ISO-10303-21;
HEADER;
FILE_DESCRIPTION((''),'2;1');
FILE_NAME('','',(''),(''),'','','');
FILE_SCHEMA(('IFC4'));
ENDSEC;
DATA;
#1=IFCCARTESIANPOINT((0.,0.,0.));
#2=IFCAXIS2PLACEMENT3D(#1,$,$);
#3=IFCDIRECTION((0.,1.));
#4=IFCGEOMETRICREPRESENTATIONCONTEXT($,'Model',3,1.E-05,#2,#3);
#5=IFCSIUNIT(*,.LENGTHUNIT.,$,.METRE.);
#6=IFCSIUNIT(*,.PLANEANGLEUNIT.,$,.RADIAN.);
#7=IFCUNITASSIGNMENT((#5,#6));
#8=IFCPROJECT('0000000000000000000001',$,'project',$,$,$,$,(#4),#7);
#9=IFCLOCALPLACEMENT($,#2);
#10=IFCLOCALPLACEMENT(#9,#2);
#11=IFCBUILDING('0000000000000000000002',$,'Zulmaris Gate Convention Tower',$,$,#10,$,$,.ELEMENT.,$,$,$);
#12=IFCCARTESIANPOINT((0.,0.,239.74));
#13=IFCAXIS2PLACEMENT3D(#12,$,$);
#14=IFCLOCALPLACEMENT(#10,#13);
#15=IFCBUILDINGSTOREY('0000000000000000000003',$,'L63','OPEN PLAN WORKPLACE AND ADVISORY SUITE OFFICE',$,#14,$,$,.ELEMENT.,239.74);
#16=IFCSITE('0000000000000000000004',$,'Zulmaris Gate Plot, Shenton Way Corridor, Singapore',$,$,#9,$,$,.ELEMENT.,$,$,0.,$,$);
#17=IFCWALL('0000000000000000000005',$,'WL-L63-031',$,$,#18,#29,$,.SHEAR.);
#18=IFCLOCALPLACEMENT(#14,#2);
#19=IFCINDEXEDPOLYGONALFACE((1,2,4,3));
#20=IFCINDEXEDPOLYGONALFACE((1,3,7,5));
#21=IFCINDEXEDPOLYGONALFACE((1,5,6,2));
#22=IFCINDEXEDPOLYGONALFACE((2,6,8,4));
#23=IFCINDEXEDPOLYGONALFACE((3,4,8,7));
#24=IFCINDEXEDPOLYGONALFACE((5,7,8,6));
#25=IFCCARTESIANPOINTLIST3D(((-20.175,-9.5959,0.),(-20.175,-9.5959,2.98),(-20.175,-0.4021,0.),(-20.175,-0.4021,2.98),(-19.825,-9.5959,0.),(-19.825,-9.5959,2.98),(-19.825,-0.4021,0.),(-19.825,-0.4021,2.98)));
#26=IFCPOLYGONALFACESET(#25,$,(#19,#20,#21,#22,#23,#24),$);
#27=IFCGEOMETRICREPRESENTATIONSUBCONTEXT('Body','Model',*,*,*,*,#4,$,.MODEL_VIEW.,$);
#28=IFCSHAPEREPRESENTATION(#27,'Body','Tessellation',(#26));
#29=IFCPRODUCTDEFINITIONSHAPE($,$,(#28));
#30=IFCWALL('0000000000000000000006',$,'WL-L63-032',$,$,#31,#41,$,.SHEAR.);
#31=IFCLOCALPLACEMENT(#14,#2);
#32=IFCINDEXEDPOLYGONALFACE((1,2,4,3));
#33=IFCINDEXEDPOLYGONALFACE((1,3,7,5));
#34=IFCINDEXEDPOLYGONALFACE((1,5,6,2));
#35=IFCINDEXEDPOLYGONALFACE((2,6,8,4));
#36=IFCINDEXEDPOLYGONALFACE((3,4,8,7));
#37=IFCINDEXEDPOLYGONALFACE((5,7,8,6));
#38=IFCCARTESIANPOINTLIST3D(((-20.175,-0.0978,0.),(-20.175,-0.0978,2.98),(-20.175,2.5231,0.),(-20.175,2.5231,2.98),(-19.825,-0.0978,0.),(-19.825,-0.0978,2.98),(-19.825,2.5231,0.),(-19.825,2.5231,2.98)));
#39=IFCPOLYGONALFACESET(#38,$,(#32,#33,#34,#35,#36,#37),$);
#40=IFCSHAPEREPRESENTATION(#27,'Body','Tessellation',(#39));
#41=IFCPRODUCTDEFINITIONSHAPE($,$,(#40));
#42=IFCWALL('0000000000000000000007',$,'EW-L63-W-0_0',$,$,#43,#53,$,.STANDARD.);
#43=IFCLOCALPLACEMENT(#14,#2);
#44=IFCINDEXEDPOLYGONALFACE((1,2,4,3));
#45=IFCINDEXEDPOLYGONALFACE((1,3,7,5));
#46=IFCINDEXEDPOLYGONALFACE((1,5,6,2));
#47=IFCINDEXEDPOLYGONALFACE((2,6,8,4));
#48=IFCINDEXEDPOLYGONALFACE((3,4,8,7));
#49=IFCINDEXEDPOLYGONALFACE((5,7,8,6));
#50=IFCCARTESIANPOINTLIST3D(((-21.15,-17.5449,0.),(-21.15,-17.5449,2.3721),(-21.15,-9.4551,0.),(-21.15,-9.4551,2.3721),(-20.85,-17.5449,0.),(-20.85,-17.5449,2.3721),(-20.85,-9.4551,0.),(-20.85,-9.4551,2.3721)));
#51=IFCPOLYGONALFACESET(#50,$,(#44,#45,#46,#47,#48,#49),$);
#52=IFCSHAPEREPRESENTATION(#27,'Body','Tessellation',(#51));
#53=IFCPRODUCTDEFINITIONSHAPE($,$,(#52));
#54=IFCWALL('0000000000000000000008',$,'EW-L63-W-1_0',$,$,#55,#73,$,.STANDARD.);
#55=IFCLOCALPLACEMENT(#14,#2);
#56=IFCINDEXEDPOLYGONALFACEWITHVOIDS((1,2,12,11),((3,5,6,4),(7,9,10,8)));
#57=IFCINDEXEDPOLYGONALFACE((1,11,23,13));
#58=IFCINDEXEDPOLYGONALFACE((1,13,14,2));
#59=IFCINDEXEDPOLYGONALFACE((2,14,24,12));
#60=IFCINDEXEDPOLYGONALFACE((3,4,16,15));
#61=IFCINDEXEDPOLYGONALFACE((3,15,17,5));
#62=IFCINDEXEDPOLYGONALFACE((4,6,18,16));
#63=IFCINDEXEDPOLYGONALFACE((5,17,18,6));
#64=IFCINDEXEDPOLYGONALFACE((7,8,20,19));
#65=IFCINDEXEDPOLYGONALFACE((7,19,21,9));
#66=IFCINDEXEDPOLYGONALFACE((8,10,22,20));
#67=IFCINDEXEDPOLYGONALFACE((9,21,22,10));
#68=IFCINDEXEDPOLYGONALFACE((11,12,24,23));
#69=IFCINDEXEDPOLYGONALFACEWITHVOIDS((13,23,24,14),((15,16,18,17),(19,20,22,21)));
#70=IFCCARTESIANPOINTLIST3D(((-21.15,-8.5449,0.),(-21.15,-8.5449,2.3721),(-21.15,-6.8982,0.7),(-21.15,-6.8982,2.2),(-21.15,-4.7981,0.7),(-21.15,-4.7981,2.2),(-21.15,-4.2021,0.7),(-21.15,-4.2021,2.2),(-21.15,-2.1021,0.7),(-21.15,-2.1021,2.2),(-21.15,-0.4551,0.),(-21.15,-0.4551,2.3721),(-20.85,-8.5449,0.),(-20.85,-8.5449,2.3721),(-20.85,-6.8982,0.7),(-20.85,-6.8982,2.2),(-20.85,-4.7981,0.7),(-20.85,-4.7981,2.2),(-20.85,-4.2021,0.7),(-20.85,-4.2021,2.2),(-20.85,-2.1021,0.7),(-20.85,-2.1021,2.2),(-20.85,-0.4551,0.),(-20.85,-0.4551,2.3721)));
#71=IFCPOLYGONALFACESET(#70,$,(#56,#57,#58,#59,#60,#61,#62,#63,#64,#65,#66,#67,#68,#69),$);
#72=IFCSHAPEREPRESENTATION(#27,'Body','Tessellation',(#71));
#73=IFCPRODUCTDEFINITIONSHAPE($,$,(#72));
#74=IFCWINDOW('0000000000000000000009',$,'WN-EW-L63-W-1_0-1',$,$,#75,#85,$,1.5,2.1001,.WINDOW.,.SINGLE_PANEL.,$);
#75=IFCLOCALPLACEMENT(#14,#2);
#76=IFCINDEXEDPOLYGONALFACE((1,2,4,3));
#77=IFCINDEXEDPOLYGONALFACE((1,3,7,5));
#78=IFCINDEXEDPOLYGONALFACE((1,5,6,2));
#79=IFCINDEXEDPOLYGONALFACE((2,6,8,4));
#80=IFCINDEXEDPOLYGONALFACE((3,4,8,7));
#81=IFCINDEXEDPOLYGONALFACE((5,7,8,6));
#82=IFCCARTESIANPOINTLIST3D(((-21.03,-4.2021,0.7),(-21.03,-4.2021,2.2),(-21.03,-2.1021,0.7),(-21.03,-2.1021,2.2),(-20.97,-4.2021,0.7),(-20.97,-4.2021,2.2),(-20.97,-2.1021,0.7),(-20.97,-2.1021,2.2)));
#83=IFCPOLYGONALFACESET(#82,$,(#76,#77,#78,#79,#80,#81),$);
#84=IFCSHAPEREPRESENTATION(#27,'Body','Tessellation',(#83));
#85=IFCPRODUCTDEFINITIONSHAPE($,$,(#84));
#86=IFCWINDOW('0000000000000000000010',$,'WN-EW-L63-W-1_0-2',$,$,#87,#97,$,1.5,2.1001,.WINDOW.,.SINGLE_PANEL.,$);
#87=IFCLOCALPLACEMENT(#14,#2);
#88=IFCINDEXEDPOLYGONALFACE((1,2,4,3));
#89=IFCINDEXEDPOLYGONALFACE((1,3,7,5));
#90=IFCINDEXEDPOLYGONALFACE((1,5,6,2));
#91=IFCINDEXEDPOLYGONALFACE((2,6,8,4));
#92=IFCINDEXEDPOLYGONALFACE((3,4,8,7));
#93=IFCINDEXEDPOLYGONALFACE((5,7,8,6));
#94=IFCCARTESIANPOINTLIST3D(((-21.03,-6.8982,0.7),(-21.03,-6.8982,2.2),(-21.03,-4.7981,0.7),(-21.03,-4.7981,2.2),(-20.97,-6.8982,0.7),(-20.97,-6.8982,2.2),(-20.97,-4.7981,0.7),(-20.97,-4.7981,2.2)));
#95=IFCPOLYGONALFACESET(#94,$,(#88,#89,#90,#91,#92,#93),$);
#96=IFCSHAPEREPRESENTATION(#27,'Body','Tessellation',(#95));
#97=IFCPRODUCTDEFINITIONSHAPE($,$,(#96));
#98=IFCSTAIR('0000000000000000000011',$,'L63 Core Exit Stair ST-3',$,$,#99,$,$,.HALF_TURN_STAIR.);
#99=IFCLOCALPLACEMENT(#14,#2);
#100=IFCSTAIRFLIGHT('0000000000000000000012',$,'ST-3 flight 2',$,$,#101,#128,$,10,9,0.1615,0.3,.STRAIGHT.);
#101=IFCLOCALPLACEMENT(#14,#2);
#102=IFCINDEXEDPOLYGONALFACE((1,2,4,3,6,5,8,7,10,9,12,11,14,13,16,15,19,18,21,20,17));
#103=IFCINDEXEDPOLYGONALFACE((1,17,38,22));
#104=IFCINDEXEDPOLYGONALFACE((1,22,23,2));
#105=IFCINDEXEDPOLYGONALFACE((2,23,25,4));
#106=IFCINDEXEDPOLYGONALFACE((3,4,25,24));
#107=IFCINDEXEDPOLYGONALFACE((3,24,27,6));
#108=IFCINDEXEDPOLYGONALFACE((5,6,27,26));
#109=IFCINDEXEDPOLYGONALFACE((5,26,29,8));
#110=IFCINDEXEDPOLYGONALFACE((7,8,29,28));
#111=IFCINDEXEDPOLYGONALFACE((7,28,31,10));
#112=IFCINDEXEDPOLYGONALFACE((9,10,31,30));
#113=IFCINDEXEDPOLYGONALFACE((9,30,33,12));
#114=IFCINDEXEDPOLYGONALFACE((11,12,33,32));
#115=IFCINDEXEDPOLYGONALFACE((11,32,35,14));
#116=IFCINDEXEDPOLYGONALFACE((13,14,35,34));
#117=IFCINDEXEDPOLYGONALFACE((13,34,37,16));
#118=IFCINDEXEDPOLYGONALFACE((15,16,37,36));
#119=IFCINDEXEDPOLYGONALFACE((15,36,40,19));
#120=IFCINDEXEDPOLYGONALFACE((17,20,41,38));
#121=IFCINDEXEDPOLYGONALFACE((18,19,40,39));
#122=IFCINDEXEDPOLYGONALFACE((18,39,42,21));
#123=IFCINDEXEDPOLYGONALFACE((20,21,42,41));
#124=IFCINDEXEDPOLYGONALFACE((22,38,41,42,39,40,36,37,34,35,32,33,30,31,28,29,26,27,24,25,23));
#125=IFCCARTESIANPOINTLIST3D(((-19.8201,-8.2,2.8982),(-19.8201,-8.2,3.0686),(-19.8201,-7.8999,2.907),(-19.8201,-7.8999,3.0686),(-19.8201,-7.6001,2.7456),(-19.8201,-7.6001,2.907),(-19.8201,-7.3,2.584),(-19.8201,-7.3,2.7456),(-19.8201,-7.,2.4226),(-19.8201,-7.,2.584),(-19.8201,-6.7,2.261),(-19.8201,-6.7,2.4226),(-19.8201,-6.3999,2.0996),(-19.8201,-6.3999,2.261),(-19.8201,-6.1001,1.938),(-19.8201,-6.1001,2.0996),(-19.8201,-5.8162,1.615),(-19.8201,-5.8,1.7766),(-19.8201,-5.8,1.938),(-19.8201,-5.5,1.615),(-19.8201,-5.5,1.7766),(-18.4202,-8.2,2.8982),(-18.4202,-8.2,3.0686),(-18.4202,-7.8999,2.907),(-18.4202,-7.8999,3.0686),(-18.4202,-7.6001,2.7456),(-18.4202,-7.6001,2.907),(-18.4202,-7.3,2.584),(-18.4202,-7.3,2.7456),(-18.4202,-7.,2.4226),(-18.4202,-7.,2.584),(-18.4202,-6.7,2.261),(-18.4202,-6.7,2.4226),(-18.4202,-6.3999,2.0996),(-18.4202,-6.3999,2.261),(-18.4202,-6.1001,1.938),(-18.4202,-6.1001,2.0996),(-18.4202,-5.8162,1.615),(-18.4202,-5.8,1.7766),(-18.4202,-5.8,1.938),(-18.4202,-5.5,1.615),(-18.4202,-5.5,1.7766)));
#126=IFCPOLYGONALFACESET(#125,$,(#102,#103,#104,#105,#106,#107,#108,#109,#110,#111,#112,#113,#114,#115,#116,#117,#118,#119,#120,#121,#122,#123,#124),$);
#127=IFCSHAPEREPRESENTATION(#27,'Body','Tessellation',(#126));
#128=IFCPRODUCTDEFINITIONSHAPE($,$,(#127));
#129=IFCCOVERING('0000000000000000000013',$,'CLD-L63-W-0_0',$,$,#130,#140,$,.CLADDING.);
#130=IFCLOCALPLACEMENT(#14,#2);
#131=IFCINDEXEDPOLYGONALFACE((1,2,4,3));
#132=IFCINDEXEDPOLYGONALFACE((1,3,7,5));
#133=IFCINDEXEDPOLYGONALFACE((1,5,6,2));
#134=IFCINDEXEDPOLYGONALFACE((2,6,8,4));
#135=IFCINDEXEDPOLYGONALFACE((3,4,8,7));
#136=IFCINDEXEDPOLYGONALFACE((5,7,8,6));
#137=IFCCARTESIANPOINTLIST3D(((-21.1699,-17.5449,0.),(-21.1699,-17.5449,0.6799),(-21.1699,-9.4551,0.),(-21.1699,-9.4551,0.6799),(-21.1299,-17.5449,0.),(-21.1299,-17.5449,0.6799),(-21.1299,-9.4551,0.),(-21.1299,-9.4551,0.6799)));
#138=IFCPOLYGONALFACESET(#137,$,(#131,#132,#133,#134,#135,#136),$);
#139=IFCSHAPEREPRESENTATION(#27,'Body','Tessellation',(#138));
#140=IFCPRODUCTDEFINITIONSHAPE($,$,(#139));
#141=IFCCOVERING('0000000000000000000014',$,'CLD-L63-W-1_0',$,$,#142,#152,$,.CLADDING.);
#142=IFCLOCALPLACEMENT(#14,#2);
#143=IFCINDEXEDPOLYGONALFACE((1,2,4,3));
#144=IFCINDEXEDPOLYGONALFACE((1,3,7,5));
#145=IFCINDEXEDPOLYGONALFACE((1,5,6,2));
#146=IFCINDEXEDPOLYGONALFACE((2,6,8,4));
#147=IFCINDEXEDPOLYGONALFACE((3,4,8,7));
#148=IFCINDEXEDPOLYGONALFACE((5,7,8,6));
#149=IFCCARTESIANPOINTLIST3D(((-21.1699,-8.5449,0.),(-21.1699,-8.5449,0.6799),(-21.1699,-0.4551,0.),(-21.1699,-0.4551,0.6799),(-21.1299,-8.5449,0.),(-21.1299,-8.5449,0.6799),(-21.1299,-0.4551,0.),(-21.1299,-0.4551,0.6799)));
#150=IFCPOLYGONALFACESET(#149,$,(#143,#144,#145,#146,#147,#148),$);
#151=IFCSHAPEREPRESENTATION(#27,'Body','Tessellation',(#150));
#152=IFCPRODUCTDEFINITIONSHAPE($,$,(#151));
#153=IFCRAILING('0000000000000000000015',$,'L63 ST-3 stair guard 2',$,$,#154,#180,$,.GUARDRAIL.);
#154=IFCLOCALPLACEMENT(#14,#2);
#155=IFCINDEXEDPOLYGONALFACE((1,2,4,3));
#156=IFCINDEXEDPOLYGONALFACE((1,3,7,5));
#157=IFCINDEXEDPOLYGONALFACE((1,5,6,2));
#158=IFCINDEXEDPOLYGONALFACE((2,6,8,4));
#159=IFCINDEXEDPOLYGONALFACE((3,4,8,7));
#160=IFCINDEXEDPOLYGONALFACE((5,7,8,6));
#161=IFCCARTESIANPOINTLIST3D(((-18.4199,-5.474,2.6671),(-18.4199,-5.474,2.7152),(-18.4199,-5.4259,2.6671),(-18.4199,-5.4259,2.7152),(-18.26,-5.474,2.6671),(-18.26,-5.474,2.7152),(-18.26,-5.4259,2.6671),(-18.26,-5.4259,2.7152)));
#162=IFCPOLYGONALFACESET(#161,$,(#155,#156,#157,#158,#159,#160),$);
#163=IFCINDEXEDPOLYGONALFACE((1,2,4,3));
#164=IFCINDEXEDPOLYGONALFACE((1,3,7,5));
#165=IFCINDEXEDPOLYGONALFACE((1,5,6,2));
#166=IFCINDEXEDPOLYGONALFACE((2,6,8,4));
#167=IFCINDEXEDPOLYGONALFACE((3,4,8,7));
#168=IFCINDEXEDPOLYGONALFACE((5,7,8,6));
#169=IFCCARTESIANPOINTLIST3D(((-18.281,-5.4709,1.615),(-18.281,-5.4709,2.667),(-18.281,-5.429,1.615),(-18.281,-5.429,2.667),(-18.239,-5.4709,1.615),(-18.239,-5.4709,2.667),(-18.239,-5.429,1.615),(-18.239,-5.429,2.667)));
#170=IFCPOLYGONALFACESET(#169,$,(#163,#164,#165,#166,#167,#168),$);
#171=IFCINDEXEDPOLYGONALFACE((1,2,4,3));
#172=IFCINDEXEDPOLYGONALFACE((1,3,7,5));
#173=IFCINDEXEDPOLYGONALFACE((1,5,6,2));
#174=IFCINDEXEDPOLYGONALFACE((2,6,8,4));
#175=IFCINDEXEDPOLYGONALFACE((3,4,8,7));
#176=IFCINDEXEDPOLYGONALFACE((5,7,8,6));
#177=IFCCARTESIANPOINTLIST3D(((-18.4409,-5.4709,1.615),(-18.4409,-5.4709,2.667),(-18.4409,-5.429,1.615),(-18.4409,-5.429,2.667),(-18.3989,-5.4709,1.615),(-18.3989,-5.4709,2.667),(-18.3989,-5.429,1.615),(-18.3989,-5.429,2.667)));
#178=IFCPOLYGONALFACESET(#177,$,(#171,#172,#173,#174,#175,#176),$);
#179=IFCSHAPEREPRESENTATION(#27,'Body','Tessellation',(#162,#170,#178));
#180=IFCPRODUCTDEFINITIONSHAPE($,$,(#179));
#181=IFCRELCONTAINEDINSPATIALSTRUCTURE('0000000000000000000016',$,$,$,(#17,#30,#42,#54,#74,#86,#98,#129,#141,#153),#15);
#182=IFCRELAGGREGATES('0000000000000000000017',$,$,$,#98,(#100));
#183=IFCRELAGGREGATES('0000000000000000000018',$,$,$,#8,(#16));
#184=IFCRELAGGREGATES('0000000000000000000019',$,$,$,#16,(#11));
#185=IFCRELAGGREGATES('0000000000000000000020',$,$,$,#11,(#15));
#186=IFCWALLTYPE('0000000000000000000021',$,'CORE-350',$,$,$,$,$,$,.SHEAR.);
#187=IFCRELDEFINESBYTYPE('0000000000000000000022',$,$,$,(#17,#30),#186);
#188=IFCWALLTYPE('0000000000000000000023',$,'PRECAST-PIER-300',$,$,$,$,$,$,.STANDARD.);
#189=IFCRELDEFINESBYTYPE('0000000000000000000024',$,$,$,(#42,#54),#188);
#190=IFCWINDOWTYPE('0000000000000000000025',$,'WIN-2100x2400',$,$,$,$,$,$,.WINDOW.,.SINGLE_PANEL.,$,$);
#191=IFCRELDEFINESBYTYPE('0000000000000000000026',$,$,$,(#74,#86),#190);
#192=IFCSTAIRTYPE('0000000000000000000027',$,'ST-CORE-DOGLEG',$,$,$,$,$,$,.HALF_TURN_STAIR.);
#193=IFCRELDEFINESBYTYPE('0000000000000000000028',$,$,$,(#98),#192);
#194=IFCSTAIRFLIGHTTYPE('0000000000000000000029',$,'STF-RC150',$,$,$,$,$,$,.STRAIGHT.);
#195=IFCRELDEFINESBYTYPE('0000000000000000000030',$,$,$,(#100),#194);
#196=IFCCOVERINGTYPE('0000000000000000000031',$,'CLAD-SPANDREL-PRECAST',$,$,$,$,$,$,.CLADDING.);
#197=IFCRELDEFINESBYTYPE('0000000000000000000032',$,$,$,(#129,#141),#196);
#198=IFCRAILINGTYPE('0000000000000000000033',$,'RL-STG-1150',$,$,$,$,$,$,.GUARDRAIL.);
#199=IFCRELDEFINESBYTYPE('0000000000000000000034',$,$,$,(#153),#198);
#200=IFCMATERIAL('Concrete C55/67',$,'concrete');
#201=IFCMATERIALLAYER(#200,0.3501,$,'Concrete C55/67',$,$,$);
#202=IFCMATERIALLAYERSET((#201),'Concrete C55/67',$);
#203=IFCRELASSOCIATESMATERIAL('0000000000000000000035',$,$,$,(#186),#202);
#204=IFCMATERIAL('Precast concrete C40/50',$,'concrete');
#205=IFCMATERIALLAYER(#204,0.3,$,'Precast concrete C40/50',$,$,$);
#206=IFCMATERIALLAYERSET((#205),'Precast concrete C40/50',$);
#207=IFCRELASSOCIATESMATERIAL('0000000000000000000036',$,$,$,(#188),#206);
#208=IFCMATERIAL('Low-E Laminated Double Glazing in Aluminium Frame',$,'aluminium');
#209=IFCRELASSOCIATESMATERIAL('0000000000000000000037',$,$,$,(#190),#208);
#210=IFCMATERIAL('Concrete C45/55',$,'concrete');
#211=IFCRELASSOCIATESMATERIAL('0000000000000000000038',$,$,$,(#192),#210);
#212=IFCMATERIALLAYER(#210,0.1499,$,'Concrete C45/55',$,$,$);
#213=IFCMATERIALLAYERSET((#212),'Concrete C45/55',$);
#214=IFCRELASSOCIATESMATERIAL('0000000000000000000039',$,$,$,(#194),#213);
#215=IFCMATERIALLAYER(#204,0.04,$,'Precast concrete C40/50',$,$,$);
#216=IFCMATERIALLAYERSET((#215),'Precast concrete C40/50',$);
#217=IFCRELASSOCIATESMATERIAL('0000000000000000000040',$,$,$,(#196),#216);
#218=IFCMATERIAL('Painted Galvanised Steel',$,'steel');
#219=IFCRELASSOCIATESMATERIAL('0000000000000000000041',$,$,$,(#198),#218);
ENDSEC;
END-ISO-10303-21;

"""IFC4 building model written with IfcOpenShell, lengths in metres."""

from ifc_helpers import new_model, si_unit, direction, frame, frame_2d, origin, origin_2d, place, context, subcontext, project, spatial, polyline, rectangle, outline, extrude, material, layer, layer_set, type_object, element, fill, aggregate, save


model = new_model("IFC4")

# Units and contexts
model_context = context("Model", 3, precision=1e-05, world=origin(), true_north=direction((0.0, 1.0)))
body_context = subcontext(model_context, "Body", "Model", "MODEL_VIEW")
ifc_project = project(units=[si_unit("LENGTHUNIT", "METRE"), si_unit("PLANEANGLEUNIT", "RADIAN")], contexts=[model_context])

# Site, building, storey
site_placement = place(None, origin())
site = spatial("IfcSite", under=ifc_project, at=site_placement, Name="Zulmaris Gate Plot, Shenton Way Corridor, Singapore", CompositionType="ELEMENT", RefElevation=0.0)
building_placement = place(site_placement, origin())
building = spatial("IfcBuilding", under=site, at=building_placement, Name="Zulmaris Gate Convention Tower", CompositionType="ELEMENT")
storey_placement = place(building_placement, frame((0.0, 0.0, 239.74)))
storey = spatial("IfcBuildingStorey", under=building, at=storey_placement, Name="L63", Description="OPEN PLAN WORKPLACE AND ADVISORY SUITE OFFICE", CompositionType="ELEMENT", Elevation=239.74)

# Walls
ifc_material_1 = material(Name="Concrete C55/67", Category="concrete")
ifc_layer_1 = layer(ifc_material_1, 0.3501, Name="Concrete C55/67")
ifc_layer_set_1 = layer_set([ifc_layer_1], Name="Concrete C55/67")
wall_type_1 = type_object("IfcWallType", Name="CORE-350", PredefinedType="SHEAR", material=ifc_layer_set_1)
wall_1_placement = place(storey_placement, frame((-20.0, -9.5959, 0.0), z_axis=(0.0, 0.0, 1.0), x_axis=(0.0, 1.0, 0.0)))
element("IfcWall", 1, at=wall_1_placement, inside=storey, type_object=wall_type_1, Name="WL-L63-031", PredefinedType="SHEAR", context=body_context, shape_type="SweptSolid", body=[
    extrude(rectangle(XDim=9.1938, YDim=0.3501, at=frame_2d((4.5969, 0.0))), origin(), (0.0, 0.0, 1.0), 2.98),
])
wall_2_placement = place(storey_placement, frame((-20.0, -0.0979, 0.0), z_axis=(0.0, 0.0, 1.0), x_axis=(0.0, 1.0, 0.0)))
element("IfcWall", 2, at=wall_2_placement, inside=storey, type_object=wall_type_1, Name="WL-L63-032", PredefinedType="SHEAR", context=body_context, shape_type="SweptSolid", body=[
    extrude(rectangle(XDim=2.6208, YDim=0.3501, at=frame_2d((1.3105, 0.0))), origin(), (0.0, 0.0, 1.0), 2.98),
])
ifc_material_2 = material(Name="Precast concrete C40/50", Category="concrete")
ifc_layer_2 = layer(ifc_material_2, 0.3, Name="Precast concrete C40/50")
ifc_layer_set_2 = layer_set([ifc_layer_2], Name="Precast concrete C40/50")
wall_type_2 = type_object("IfcWallType", Name="PRECAST-PIER-300", PredefinedType="STANDARD", material=ifc_layer_set_2)
wall_3_placement = place(storey_placement, frame((-21.0, -9.4551, 0.0), z_axis=(0.0, 0.0, 1.0), x_axis=(0.0, -1.0, 0.0)))
element("IfcWall", 3, at=wall_3_placement, inside=storey, type_object=wall_type_2, Name="EW-L63-W-0_0", PredefinedType="STANDARD", context=body_context, shape_type="SweptSolid", body=[
    extrude(rectangle(XDim=8.0898, YDim=0.3, at=frame_2d((4.0449, 0.0))), origin(), (0.0, 0.0, 1.0), 2.3721),
])

# Wall, openings, windows
wall_4_placement = place(storey_placement, frame((-21.0, -0.4551, 0.0), z_axis=(0.0, 0.0, 1.0), x_axis=(0.0, -1.0, 0.0)))
wall_4 = element("IfcWall", 4, at=wall_4_placement, inside=storey, type_object=wall_type_2, Name="EW-L63-W-1_0", PredefinedType="STANDARD", context=body_context, shape_type="SweptSolid", body=[
    extrude(rectangle(XDim=8.0898, YDim=0.3, at=frame_2d((4.0449, 0.0))), origin(), (0.0, 0.0, 1.0), 2.3721),
])
opening_1_placement = place(wall_4_placement, frame((1.647, 0.0, 0.7)))
opening_1 = element("IfcOpeningElement", 5, at=opening_1_placement, cuts=wall_4, PredefinedType="OPENING", context=body_context, shape_type="SweptSolid", body=[
    extrude(rectangle(XDim=2.1001, YDim=1.5, at=frame_2d((1.05, 0.75))), frame((0.0, 0.1602, 0.0), z_axis=(0.0, -1.0, 0.0), x_axis=(1.0, 0.0, 0.0)), (0.0, 0.0, 1.0), 0.3201),
])
opening_2_placement = place(wall_4_placement, frame((4.343, 0.0, 0.7)))
opening_2 = element("IfcOpeningElement", 6, at=opening_2_placement, cuts=wall_4, PredefinedType="OPENING", context=body_context, shape_type="SweptSolid", body=[
    extrude(rectangle(XDim=2.1001, YDim=1.5, at=frame_2d((1.05, 0.75))), frame((0.0, 0.1602, 0.0), z_axis=(0.0, -1.0, 0.0), x_axis=(1.0, 0.0, 0.0)), (0.0, 0.0, 1.0), 0.3201),
])
ifc_material_3 = material(Name="Low-E Laminated Double Glazing in Aluminium Frame", Category="aluminium")
window_type = type_object("IfcWindowType", Name="WIN-2100x2400", PartitioningType="SINGLE_PANEL", PredefinedType="WINDOW", material=ifc_material_3)
window_1_placement = place(opening_1_placement, origin())
window_1 = element("IfcWindow", 7, at=window_1_placement, inside=storey, type_object=window_type, Name="WN-EW-L63-W-1_0-1", OverallHeight=1.5, OverallWidth=2.1001, PartitioningType="SINGLE_PANEL", PredefinedType="WINDOW", context=body_context, shape_type="SweptSolid", body=[
    extrude(rectangle(XDim=2.1001, YDim=1.5, at=frame_2d((1.05, 0.75))), frame((0.0, 0.03, 0.0), z_axis=(0.0, -1.0, 0.0), x_axis=(1.0, 0.0, 0.0)), (0.0, 0.0, 1.0), 0.0601),
])
fill(opening_1, window_1)
window_2_placement = place(opening_2_placement, origin())
window_2 = element("IfcWindow", 8, at=window_2_placement, inside=storey, type_object=window_type, Name="WN-EW-L63-W-1_0-2", OverallHeight=1.5, OverallWidth=2.1001, PartitioningType="SINGLE_PANEL", PredefinedType="WINDOW", context=body_context, shape_type="SweptSolid", body=[
    extrude(rectangle(XDim=2.1001, YDim=1.5, at=frame_2d((1.05, 0.75))), frame((0.0, 0.03, 0.0), z_axis=(0.0, -1.0, 0.0), x_axis=(1.0, 0.0, 0.0)), (0.0, 0.0, 1.0), 0.0601),
])
fill(opening_2, window_2)

# Stair, stair flight
ifc_material_4 = material(Name="Concrete C45/55", Category="concrete")
stair_type = type_object("IfcStairType", Name="ST-CORE-DOGLEG", PredefinedType="HALF_TURN_STAIR", material=ifc_material_4)
stair_placement = place(storey_placement, origin())
stair = element("IfcStair", 9, at=stair_placement, inside=storey, type_object=stair_type, Name="L63 Core Exit Stair ST-3", PredefinedType="HALF_TURN_STAIR")
ifc_layer_3 = layer(ifc_material_4, 0.1499, Name="Concrete C45/55")
ifc_layer_set_3 = layer_set([ifc_layer_3], Name="Concrete C45/55")
stair_flight_type = type_object("IfcStairFlightType", Name="STF-RC150", PredefinedType="STRAIGHT", material=ifc_layer_set_3)
stair_flight_placement = place(storey_placement, frame((-19.1201, -5.5, 1.615), z_axis=(0.0, 0.0, 1.0), x_axis=(0.0, -1.0, 0.0)))
stair_flight = element("IfcStairFlight", 10, at=stair_flight_placement, type_object=stair_flight_type, Name="ST-3 flight 2", NumberOfRisers=10, NumberOfTreads=9, PredefinedType="STRAIGHT", RiserHeight=0.1615, TreadLength=0.3, context=body_context, shape_type="SweptSolid", body=[
    extrude(outline(polyline([(0.0, 0.0), (0.0, 0.1616), (0.3, 0.1616), (0.3, 0.323), (0.6001, 0.323), (0.6001, 0.4846), (0.8999, 0.4846), (0.8999, 0.646), (1.2, 0.646), (1.2, 0.8076), (1.5, 0.8076), (1.5, 0.969), (1.8, 0.969), (1.8, 1.1306), (2.1001, 1.1306), (2.1001, 1.292), (2.3999, 1.292), (2.3999, 1.4536), (2.7, 1.4536), (2.7, 1.615), (2.7, 1.2832), (0.3162, 0.0), (0.0, 0.0)])), frame((0.0, 0.7, 0.0), z_axis=(0.0, -1.0, 0.0), x_axis=(1.0, 0.0, 0.0)), (0.0, 0.0, 1.0), 1.3999),
])
aggregate(stair, [stair_flight])

# Coverings
ifc_layer_4 = layer(ifc_material_2, 0.04, Name="Precast concrete C40/50")
ifc_layer_set_4 = layer_set([ifc_layer_4], Name="Precast concrete C40/50")
covering_type = type_object("IfcCoveringType", Name="CLAD-SPANDREL-PRECAST", PredefinedType="CLADDING", material=ifc_layer_set_4)
for number, where, z_axis, x_axis, name in (
    (11, (-21.1499, -9.4551, 0.0), (0.0, 0.0, 1.0), (0.0, -1.0, 0.0), "CLD-L63-W-0_0"),
    (12, (-21.1499, -0.4551, 0.0), (0.0, 0.0, 1.0), (0.0, -1.0, 0.0), "CLD-L63-W-1_0"),
):
    element("IfcCovering", number, at=place(storey_placement, frame(where, z_axis=z_axis, x_axis=x_axis)), inside=storey, type_object=covering_type, Name=name, PredefinedType="CLADDING", context=body_context, shape_type="SweptSolid", body=[
        extrude(rectangle(XDim=8.0898, YDim=0.04, at=frame_2d((4.0449, 0.0))), origin(), (0.0, 0.0, 1.0), 0.6799),
    ])

# Railing
ifc_material_5 = material(Name="Painted Galvanised Steel", Category="steel")
railing_type_1 = type_object("IfcRailingType", Name="RL-STG-1150", PredefinedType="GUARDRAIL", material=ifc_material_5)
railing_1_placement = place(storey_placement, frame((-18.26, -5.45, 1.615)))
element("IfcRailing", 13, at=railing_1_placement, inside=storey, type_object=railing_type_1, Name="L63 ST-3 stair guard 2", PredefinedType="GUARDRAIL", context=body_context, shape_type="SweptSolid", body=[
    extrude(rectangle(XDim=0.0481, YDim=0.0481, at=origin_2d()), frame((0.0, 0.0, 1.0762), z_axis=(-1.0, 0.0, 0.0), x_axis=(0.0, -1.0, 0.0)), (0.0, 0.0, 1.0), 0.1599),
    extrude(rectangle(XDim=0.042, YDim=0.042, at=origin_2d()), origin(), (0.0, 0.0, 1.0), 1.052),
    extrude(rectangle(XDim=0.042, YDim=0.042, at=origin_2d()), frame((-0.1599, 0.0, 0.0)), (0.0, 0.0, 1.0), 1.052),
])

save(model, "model.ifc")
